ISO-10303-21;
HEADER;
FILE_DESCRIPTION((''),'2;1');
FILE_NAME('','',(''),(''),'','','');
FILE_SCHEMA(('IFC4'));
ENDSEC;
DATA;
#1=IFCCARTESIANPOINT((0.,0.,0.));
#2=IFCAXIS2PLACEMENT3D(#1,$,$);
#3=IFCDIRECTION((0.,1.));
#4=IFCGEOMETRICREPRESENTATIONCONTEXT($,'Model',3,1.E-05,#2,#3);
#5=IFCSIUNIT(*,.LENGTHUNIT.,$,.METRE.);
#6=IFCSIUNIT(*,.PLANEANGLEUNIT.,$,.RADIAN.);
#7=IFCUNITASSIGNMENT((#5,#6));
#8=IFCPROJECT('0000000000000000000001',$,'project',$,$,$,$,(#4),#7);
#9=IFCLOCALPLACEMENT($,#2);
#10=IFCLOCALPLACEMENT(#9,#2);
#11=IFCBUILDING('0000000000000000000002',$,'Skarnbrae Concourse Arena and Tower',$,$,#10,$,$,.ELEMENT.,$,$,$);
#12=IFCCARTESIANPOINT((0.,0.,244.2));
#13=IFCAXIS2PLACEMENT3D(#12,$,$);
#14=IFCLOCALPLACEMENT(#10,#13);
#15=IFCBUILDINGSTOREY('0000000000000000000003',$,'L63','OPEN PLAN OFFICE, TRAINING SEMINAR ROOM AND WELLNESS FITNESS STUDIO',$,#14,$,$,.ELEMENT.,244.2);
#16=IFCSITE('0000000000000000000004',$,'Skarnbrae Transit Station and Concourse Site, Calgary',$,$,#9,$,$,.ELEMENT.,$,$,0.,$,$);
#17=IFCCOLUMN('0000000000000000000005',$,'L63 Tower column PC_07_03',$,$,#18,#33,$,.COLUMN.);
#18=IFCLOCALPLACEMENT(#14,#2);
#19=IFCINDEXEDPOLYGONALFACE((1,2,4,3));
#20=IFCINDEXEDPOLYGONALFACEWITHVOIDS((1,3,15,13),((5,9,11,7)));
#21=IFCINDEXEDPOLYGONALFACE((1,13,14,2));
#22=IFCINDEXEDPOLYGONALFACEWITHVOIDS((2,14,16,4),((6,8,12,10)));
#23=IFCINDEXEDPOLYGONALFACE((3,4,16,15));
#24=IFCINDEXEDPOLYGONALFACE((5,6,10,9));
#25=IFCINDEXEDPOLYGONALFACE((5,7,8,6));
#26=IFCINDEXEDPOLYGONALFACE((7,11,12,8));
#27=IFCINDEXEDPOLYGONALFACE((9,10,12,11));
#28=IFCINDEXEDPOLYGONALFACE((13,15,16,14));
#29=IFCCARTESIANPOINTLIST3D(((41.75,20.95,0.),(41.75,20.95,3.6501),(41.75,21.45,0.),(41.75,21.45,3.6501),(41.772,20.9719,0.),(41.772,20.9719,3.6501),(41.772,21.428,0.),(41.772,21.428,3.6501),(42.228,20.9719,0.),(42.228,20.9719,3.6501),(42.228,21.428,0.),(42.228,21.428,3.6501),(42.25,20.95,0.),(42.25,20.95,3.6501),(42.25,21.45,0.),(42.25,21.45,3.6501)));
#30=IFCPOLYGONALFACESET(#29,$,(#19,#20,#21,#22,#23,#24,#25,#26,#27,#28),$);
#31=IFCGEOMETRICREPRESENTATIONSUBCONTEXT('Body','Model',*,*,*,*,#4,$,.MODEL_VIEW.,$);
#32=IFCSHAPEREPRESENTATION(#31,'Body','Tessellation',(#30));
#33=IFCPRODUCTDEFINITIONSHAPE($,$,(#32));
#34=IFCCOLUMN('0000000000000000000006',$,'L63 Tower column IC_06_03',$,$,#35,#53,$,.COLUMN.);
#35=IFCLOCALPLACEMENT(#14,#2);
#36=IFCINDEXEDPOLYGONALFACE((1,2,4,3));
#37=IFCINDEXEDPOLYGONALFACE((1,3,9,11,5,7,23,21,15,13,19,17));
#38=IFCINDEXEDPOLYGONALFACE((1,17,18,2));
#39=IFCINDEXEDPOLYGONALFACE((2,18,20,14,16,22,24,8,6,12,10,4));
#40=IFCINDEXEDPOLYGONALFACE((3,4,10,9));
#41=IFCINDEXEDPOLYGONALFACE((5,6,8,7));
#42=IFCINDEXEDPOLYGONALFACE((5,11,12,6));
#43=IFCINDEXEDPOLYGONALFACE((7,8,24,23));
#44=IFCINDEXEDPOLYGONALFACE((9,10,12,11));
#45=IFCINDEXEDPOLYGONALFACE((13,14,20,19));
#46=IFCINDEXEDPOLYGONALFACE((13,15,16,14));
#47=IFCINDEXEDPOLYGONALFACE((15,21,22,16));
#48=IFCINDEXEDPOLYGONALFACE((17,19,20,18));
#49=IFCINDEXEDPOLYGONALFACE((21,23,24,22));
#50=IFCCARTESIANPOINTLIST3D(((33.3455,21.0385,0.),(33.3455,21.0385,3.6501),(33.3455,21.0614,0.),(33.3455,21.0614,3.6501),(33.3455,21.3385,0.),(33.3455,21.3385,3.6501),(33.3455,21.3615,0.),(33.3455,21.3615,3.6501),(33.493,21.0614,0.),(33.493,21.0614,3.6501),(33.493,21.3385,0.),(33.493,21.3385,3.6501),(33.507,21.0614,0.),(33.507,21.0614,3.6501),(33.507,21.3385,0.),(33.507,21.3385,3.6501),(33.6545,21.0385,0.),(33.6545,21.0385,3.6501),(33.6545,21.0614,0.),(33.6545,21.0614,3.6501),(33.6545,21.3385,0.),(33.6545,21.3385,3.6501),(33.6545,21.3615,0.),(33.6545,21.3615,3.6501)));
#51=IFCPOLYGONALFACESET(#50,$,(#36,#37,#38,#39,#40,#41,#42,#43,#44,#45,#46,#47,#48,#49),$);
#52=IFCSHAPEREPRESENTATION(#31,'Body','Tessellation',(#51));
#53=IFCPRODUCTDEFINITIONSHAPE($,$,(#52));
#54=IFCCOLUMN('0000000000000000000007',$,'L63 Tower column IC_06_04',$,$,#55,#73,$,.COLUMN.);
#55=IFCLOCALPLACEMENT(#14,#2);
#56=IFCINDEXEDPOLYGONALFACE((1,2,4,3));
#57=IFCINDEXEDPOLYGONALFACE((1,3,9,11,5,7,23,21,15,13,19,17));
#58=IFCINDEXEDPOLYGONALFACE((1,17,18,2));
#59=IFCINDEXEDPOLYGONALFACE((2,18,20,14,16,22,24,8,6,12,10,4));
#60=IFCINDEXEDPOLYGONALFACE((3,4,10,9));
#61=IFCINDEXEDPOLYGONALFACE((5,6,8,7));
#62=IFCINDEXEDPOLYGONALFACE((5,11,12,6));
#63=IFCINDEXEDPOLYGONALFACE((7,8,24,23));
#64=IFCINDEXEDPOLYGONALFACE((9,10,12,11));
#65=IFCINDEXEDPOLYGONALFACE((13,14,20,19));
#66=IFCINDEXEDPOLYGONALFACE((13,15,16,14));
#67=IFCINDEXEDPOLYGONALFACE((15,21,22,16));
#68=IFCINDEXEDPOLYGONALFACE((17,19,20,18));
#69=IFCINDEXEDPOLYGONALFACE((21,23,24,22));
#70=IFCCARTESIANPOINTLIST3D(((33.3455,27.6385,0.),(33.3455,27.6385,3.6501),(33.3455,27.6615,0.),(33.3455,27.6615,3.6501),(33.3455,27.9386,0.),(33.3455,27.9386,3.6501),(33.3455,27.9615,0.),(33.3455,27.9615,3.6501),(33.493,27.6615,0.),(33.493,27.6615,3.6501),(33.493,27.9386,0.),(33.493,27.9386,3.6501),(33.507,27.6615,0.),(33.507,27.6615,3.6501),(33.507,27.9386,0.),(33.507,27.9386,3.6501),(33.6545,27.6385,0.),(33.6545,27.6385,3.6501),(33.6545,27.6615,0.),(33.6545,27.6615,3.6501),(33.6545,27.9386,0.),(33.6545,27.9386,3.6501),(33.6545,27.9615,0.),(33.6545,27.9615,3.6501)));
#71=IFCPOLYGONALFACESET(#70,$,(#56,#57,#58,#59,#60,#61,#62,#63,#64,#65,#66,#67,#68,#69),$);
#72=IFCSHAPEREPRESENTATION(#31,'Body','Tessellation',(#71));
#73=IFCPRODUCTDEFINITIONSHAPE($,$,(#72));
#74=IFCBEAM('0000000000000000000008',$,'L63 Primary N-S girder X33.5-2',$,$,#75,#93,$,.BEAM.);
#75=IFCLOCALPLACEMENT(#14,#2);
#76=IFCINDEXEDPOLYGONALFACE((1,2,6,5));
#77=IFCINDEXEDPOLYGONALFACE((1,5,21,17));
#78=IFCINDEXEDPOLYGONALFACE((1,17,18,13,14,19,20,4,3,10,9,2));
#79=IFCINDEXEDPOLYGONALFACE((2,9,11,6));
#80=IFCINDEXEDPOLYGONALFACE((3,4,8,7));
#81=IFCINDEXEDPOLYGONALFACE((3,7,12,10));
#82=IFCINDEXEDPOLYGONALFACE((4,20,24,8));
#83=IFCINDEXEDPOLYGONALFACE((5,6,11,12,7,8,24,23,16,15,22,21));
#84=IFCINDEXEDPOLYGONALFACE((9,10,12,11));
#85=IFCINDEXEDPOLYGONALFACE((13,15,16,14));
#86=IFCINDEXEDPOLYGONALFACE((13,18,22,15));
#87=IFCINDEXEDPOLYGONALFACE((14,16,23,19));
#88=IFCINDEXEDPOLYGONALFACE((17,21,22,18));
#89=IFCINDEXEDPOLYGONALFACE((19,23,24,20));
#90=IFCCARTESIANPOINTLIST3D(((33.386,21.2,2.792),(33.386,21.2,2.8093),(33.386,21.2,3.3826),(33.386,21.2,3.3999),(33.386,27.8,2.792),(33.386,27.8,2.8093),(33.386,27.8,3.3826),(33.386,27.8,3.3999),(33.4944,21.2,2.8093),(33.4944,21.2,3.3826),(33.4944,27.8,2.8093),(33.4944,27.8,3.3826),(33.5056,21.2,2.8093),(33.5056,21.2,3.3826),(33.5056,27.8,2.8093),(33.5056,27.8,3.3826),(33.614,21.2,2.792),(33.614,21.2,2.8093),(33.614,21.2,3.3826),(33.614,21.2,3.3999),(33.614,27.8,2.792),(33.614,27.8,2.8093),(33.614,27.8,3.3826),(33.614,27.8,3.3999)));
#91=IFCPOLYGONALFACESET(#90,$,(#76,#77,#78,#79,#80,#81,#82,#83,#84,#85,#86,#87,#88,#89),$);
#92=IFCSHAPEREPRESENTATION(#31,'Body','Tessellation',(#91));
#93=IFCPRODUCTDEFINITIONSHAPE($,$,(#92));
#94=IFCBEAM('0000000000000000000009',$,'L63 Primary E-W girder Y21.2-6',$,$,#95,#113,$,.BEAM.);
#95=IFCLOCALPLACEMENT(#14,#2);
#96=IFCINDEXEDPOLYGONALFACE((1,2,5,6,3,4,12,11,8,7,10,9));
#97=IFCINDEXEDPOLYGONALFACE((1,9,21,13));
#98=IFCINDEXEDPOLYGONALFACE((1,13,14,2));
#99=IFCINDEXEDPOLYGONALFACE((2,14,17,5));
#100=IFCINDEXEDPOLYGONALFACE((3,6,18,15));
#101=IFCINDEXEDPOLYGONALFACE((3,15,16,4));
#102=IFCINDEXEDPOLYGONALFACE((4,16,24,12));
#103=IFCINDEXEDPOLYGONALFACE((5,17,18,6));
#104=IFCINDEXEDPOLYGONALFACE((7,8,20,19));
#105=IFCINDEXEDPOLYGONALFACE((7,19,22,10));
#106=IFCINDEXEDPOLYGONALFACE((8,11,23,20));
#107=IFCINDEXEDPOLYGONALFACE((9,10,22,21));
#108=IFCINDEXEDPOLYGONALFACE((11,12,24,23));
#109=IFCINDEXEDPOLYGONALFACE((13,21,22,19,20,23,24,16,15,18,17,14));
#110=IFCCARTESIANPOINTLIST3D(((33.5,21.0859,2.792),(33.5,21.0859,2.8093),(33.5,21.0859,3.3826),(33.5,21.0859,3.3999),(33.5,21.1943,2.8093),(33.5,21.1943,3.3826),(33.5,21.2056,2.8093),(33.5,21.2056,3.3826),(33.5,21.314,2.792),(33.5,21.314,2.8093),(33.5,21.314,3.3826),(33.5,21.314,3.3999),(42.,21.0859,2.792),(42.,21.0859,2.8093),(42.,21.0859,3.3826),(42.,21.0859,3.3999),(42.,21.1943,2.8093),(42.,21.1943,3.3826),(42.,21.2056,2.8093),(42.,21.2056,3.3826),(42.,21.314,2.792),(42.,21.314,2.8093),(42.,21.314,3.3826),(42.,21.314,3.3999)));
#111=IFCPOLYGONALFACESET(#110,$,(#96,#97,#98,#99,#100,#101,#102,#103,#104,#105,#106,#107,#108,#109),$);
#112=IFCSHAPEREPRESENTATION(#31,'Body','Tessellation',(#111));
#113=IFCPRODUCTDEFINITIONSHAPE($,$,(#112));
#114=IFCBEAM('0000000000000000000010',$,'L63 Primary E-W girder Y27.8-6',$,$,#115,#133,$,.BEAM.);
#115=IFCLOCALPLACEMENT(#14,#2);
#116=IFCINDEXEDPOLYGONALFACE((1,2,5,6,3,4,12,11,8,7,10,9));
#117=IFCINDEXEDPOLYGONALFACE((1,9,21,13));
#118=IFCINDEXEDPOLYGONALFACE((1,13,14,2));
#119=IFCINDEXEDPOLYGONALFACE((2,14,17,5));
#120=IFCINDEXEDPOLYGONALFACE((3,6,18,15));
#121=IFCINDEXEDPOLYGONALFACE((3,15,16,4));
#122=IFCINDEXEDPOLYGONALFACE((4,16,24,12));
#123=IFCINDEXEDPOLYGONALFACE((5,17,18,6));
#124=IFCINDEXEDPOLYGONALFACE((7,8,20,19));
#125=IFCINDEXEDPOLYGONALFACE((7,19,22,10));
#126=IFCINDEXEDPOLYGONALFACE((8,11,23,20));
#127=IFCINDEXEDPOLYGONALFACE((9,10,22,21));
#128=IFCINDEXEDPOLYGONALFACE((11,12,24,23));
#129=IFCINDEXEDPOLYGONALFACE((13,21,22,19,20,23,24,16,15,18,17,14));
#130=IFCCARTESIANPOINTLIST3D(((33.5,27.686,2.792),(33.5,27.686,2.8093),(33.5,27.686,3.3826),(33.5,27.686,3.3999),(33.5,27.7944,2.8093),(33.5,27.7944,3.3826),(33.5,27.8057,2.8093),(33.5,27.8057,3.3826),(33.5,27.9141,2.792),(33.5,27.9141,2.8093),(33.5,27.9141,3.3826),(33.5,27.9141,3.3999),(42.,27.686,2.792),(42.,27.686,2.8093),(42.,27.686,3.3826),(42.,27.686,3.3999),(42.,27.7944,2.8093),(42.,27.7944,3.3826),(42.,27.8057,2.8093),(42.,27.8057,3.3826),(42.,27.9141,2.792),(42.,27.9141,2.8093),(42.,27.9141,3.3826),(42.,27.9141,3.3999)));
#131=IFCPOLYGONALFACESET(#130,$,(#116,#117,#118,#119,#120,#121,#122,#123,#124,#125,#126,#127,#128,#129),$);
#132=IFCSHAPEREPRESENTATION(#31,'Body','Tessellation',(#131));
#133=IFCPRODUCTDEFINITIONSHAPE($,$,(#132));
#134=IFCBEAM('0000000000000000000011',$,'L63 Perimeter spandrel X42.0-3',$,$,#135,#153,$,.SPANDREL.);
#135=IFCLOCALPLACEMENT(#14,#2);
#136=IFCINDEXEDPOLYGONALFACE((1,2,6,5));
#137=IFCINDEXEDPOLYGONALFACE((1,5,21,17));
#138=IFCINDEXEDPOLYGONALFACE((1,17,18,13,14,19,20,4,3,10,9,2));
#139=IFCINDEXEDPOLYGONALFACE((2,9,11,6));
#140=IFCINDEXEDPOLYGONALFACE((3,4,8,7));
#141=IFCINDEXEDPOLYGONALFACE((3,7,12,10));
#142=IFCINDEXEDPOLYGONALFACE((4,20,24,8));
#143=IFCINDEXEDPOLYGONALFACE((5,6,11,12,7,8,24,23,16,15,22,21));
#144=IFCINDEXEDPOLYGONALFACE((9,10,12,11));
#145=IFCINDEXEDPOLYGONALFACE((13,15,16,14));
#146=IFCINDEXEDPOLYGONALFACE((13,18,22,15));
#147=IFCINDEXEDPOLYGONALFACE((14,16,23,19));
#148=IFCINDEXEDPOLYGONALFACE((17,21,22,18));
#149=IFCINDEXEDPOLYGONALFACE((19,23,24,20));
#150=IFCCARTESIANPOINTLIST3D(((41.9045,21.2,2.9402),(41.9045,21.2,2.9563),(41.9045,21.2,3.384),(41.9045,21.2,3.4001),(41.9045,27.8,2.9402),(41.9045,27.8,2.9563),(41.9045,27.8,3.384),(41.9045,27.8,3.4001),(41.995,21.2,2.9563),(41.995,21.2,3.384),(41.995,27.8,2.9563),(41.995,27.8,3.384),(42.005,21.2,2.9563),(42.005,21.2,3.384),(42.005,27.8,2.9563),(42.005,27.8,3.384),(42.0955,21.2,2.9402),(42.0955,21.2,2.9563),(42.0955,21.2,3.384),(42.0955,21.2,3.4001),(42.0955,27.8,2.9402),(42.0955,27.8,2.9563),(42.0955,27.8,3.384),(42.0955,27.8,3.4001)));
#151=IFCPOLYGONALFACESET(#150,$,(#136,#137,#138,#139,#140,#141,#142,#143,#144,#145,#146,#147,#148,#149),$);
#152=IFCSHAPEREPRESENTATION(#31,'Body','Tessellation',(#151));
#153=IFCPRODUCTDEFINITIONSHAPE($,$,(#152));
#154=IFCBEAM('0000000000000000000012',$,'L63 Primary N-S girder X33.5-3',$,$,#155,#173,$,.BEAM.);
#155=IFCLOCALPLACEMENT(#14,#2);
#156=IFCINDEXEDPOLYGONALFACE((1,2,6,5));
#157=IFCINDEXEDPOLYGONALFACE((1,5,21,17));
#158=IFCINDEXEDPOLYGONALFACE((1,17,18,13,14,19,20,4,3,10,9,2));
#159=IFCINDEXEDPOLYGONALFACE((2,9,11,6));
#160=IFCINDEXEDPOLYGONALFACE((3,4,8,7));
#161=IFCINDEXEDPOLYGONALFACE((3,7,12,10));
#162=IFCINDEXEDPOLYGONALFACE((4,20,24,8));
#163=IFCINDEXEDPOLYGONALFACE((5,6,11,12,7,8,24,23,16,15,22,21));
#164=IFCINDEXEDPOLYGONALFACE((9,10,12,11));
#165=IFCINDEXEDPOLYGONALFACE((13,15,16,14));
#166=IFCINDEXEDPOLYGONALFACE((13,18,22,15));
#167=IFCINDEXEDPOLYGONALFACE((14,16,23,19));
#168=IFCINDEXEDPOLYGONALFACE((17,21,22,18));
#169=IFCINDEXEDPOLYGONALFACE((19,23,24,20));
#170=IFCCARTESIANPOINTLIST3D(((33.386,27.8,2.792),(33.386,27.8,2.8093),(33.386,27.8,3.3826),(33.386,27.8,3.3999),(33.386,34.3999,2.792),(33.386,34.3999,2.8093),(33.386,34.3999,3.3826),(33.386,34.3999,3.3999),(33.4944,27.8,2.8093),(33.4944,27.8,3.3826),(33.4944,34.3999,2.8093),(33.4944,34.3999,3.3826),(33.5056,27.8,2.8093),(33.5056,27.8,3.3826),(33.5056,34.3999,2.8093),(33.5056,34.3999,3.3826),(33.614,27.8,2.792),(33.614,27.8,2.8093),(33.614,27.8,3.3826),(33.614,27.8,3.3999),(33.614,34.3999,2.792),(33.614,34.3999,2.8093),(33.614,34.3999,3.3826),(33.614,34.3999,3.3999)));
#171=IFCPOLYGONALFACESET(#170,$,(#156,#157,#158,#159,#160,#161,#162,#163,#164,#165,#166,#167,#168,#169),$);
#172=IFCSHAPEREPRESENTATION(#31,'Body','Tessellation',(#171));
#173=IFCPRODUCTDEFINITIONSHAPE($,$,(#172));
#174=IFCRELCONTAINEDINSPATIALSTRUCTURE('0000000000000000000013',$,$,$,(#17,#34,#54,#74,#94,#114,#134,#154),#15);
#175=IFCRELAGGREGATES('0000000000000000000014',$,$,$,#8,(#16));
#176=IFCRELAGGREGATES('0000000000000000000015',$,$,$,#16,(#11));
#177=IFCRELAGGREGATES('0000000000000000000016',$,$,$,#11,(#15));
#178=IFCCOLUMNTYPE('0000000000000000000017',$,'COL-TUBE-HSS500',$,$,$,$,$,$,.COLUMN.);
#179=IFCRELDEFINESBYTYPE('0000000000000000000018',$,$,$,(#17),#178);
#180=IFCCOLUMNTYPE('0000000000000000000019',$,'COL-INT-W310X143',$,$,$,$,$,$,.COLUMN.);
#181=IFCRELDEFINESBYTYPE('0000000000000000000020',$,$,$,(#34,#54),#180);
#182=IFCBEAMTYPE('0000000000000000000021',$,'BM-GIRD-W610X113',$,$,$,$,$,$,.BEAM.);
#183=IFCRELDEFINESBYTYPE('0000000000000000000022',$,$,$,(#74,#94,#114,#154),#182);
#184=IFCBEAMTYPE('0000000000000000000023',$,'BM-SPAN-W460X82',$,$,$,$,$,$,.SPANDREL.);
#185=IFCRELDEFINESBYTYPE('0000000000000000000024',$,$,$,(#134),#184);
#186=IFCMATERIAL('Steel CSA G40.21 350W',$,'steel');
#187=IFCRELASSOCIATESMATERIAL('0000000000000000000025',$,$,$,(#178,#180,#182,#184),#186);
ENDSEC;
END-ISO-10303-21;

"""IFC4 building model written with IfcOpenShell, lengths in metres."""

from ifc_helpers import new_model, si_unit, direction, frame, origin, origin_2d, place, context, subcontext, project, spatial, hollow_rectangle, i_section, extrude, source, transform, mapped, material, material_profile, profile_set, type_object, element, save


model = new_model("IFC4")

# Units and contexts
model_context = context("Model", 3, precision=1e-05, world=origin(), true_north=direction((0.0, 1.0)))
body_context = subcontext(model_context, "Body", "Model", "MODEL_VIEW")
ifc_project = project(units=[si_unit("LENGTHUNIT", "METRE"), si_unit("PLANEANGLEUNIT", "RADIAN")], contexts=[model_context])

# Site, building, storey
site_placement = place(None, origin())
site = spatial("IfcSite", under=ifc_project, at=site_placement, Name="Skarnbrae Transit Station and Concourse Site, Calgary", CompositionType="ELEMENT", RefElevation=0.0)
building_placement = place(site_placement, origin())
building = spatial("IfcBuilding", under=site, at=building_placement, Name="Skarnbrae Concourse Arena and Tower", CompositionType="ELEMENT")
storey_placement = place(building_placement, frame((0.0, 0.0, 244.2)))
storey = spatial("IfcBuildingStorey", under=building, at=storey_placement, Name="L63", Description="OPEN PLAN OFFICE, TRAINING SEMINAR ROOM AND WELLNESS FITNESS STUDIO", CompositionType="ELEMENT", Elevation=244.2)

# Columns
ifc_material_1 = material(Name="Steel CSA G40.21 350W", Category="steel")
ifc_material_profile_1 = material_profile(ifc_material_1, hollow_rectangle(XDim=0.5, YDim=0.5, WallThickness=0.022, at=origin_2d()), Name="HSS500X500X22.0")
ifc_profile_set_1 = profile_set([ifc_material_profile_1], Name="Steel CSA G40.21 350W")
column_type_1 = type_object("IfcColumnType", Name="COL-TUBE-HSS500", PredefinedType="COLUMN", material=ifc_profile_set_1)
shared_shape_1 = source(origin(), body_context, "Body", "SweptSolid", [
    extrude(hollow_rectangle(XDim=0.5, YDim=0.5, WallThickness=0.022, at=origin_2d()), origin(), (0.0, 0.0, 1.0), 3.6501),
])
column_placement = place(storey_placement, frame((42.0, 21.2, 0.0), z_axis=(0.0, 0.0, 1.0), x_axis=(1.0, 0.0, 0.0)))
element("IfcColumn", 1, at=column_placement, inside=storey, type_object=column_type_1, Name="L63 Tower column PC_07_03", PredefinedType="COLUMN", context=body_context, shape_type="MappedRepresentation", body=[
    mapped(shared_shape_1, transform((0.0, 0.0, 0.0))),
])
ifc_material_profile_2 = material_profile(ifc_material_1, i_section(OverallWidth=0.3091, OverallDepth=0.323, WebThickness=0.0139, FlangeThickness=0.0229, at=origin_2d()), Name="W310X143")
ifc_profile_set_2 = profile_set([ifc_material_profile_2], Name="Steel CSA G40.21 350W")
column_type_2 = type_object("IfcColumnType", Name="COL-INT-W310X143", PredefinedType="COLUMN", material=ifc_profile_set_2)
shared_shape_2 = source(origin(), body_context, "Body", "SweptSolid", [
    extrude(i_section(OverallWidth=0.3091, OverallDepth=0.323, WebThickness=0.0139, FlangeThickness=0.0229, at=origin_2d()), origin(), (0.0, 0.0, 1.0), 3.6501),
])
for number, where, z_axis, x_axis, name in (
    (2, (33.5, 21.2, 0.0), (0.0, 0.0, 1.0), (1.0, 0.0, 0.0), "L63 Tower column IC_06_03"),
    (3, (33.5, 27.8, 0.0), (0.0, 0.0, 1.0), (1.0, 0.0, 0.0), "L63 Tower column IC_06_04"),
):
    element("IfcColumn", number, at=place(storey_placement, frame(where, z_axis=z_axis, x_axis=x_axis)), inside=storey, type_object=column_type_2, Name=name, PredefinedType="COLUMN", context=body_context, shape_type="MappedRepresentation", body=[
        mapped(shared_shape_2, transform((0.0, 0.0, 0.0))),
    ])

# Beams
ifc_material_profile_3 = material_profile(ifc_material_1, i_section(OverallWidth=0.228, OverallDepth=0.6079, WebThickness=0.0112, FlangeThickness=0.0173, at=origin_2d()), Name="W610X113")
ifc_profile_set_3 = profile_set([ifc_material_profile_3], Name="Steel CSA G40.21 350W")
beam_type_1 = type_object("IfcBeamType", Name="BM-GIRD-W610X113", PredefinedType="BEAM", material=ifc_profile_set_3)
shared_shape_3 = source(origin(), body_context, "Body", "SweptSolid", [
    extrude(i_section(OverallWidth=0.228, OverallDepth=0.6079, WebThickness=0.0112, FlangeThickness=0.0173, at=origin_2d()), origin(), (0.0, 0.0, 1.0), 6.6001),
])
beam_1_placement = place(storey_placement, frame((33.5, 21.2, 3.0959), z_axis=(0.0, 1.0, 0.0), x_axis=(-1.0, 0.0, 0.0)))
element("IfcBeam", 4, at=beam_1_placement, inside=storey, type_object=beam_type_1, Name="L63 Primary N-S girder X33.5-2", PredefinedType="BEAM", context=body_context, shape_type="MappedRepresentation", body=[
    mapped(shared_shape_3, transform((0.0, 0.0, 0.0))),
])
shared_shape_4 = source(origin(), body_context, "Body", "SweptSolid", [
    extrude(i_section(OverallWidth=0.228, OverallDepth=0.6079, WebThickness=0.0112, FlangeThickness=0.0173, at=origin_2d()), origin(), (0.0, 0.0, 1.0), 8.5),
])
for number, where, z_axis, x_axis, name in (
    (5, (33.5, 21.2, 3.0959), (1.0, 0.0, 0.0), (0.0, 1.0, 0.0), "L63 Primary E-W girder Y21.2-6"),
    (6, (33.5, 27.8, 3.0959), (1.0, 0.0, 0.0), (0.0, 1.0, 0.0), "L63 Primary E-W girder Y27.8-6"),
):
    element("IfcBeam", number, at=place(storey_placement, frame(where, z_axis=z_axis, x_axis=x_axis)), inside=storey, type_object=beam_type_1, Name=name, PredefinedType="BEAM", context=body_context, shape_type="MappedRepresentation", body=[
        mapped(shared_shape_4, transform((0.0, 0.0, 0.0))),
    ])
ifc_material_profile_4 = material_profile(ifc_material_1, i_section(OverallWidth=0.1909, OverallDepth=0.46, WebThickness=0.01, FlangeThickness=0.0161, at=origin_2d()), Name="W460X82")
ifc_profile_set_4 = profile_set([ifc_material_profile_4], Name="Steel CSA G40.21 350W")
beam_type_2 = type_object("IfcBeamType", Name="BM-SPAN-W460X82", PredefinedType="SPANDREL", material=ifc_profile_set_4)
shared_shape_5 = source(origin(), body_context, "Body", "SweptSolid", [
    extrude(i_section(OverallWidth=0.1909, OverallDepth=0.46, WebThickness=0.01, FlangeThickness=0.0161, at=origin_2d()), origin(), (0.0, 0.0, 1.0), 6.6001),
])
beam_2_placement = place(storey_placement, frame((42.0, 21.2, 3.1702), z_axis=(0.0, 1.0, 0.0), x_axis=(-1.0, 0.0, 0.0)))
element("IfcBeam", 7, at=beam_2_placement, inside=storey, type_object=beam_type_2, Name="L63 Perimeter spandrel X42.0-3", PredefinedType="SPANDREL", context=body_context, shape_type="MappedRepresentation", body=[
    mapped(shared_shape_5, transform((0.0, 0.0, 0.0))),
])
shared_shape_6 = source(origin(), body_context, "Body", "SweptSolid", [
    extrude(i_section(OverallWidth=0.228, OverallDepth=0.6079, WebThickness=0.0112, FlangeThickness=0.0173, at=origin_2d()), origin(), (0.0, 0.0, 1.0), 6.5999),
])
beam_3_placement = place(storey_placement, frame((33.5, 27.8, 3.0959), z_axis=(0.0, 1.0, 0.0), x_axis=(-1.0, 0.0, 0.0)))
element("IfcBeam", 8, at=beam_3_placement, inside=storey, type_object=beam_type_1, Name="L63 Primary N-S girder X33.5-3", PredefinedType="BEAM", context=body_context, shape_type="MappedRepresentation", body=[
    mapped(shared_shape_6, transform((0.0, 0.0, 0.0))),
])

save(model, "model.ifc")
